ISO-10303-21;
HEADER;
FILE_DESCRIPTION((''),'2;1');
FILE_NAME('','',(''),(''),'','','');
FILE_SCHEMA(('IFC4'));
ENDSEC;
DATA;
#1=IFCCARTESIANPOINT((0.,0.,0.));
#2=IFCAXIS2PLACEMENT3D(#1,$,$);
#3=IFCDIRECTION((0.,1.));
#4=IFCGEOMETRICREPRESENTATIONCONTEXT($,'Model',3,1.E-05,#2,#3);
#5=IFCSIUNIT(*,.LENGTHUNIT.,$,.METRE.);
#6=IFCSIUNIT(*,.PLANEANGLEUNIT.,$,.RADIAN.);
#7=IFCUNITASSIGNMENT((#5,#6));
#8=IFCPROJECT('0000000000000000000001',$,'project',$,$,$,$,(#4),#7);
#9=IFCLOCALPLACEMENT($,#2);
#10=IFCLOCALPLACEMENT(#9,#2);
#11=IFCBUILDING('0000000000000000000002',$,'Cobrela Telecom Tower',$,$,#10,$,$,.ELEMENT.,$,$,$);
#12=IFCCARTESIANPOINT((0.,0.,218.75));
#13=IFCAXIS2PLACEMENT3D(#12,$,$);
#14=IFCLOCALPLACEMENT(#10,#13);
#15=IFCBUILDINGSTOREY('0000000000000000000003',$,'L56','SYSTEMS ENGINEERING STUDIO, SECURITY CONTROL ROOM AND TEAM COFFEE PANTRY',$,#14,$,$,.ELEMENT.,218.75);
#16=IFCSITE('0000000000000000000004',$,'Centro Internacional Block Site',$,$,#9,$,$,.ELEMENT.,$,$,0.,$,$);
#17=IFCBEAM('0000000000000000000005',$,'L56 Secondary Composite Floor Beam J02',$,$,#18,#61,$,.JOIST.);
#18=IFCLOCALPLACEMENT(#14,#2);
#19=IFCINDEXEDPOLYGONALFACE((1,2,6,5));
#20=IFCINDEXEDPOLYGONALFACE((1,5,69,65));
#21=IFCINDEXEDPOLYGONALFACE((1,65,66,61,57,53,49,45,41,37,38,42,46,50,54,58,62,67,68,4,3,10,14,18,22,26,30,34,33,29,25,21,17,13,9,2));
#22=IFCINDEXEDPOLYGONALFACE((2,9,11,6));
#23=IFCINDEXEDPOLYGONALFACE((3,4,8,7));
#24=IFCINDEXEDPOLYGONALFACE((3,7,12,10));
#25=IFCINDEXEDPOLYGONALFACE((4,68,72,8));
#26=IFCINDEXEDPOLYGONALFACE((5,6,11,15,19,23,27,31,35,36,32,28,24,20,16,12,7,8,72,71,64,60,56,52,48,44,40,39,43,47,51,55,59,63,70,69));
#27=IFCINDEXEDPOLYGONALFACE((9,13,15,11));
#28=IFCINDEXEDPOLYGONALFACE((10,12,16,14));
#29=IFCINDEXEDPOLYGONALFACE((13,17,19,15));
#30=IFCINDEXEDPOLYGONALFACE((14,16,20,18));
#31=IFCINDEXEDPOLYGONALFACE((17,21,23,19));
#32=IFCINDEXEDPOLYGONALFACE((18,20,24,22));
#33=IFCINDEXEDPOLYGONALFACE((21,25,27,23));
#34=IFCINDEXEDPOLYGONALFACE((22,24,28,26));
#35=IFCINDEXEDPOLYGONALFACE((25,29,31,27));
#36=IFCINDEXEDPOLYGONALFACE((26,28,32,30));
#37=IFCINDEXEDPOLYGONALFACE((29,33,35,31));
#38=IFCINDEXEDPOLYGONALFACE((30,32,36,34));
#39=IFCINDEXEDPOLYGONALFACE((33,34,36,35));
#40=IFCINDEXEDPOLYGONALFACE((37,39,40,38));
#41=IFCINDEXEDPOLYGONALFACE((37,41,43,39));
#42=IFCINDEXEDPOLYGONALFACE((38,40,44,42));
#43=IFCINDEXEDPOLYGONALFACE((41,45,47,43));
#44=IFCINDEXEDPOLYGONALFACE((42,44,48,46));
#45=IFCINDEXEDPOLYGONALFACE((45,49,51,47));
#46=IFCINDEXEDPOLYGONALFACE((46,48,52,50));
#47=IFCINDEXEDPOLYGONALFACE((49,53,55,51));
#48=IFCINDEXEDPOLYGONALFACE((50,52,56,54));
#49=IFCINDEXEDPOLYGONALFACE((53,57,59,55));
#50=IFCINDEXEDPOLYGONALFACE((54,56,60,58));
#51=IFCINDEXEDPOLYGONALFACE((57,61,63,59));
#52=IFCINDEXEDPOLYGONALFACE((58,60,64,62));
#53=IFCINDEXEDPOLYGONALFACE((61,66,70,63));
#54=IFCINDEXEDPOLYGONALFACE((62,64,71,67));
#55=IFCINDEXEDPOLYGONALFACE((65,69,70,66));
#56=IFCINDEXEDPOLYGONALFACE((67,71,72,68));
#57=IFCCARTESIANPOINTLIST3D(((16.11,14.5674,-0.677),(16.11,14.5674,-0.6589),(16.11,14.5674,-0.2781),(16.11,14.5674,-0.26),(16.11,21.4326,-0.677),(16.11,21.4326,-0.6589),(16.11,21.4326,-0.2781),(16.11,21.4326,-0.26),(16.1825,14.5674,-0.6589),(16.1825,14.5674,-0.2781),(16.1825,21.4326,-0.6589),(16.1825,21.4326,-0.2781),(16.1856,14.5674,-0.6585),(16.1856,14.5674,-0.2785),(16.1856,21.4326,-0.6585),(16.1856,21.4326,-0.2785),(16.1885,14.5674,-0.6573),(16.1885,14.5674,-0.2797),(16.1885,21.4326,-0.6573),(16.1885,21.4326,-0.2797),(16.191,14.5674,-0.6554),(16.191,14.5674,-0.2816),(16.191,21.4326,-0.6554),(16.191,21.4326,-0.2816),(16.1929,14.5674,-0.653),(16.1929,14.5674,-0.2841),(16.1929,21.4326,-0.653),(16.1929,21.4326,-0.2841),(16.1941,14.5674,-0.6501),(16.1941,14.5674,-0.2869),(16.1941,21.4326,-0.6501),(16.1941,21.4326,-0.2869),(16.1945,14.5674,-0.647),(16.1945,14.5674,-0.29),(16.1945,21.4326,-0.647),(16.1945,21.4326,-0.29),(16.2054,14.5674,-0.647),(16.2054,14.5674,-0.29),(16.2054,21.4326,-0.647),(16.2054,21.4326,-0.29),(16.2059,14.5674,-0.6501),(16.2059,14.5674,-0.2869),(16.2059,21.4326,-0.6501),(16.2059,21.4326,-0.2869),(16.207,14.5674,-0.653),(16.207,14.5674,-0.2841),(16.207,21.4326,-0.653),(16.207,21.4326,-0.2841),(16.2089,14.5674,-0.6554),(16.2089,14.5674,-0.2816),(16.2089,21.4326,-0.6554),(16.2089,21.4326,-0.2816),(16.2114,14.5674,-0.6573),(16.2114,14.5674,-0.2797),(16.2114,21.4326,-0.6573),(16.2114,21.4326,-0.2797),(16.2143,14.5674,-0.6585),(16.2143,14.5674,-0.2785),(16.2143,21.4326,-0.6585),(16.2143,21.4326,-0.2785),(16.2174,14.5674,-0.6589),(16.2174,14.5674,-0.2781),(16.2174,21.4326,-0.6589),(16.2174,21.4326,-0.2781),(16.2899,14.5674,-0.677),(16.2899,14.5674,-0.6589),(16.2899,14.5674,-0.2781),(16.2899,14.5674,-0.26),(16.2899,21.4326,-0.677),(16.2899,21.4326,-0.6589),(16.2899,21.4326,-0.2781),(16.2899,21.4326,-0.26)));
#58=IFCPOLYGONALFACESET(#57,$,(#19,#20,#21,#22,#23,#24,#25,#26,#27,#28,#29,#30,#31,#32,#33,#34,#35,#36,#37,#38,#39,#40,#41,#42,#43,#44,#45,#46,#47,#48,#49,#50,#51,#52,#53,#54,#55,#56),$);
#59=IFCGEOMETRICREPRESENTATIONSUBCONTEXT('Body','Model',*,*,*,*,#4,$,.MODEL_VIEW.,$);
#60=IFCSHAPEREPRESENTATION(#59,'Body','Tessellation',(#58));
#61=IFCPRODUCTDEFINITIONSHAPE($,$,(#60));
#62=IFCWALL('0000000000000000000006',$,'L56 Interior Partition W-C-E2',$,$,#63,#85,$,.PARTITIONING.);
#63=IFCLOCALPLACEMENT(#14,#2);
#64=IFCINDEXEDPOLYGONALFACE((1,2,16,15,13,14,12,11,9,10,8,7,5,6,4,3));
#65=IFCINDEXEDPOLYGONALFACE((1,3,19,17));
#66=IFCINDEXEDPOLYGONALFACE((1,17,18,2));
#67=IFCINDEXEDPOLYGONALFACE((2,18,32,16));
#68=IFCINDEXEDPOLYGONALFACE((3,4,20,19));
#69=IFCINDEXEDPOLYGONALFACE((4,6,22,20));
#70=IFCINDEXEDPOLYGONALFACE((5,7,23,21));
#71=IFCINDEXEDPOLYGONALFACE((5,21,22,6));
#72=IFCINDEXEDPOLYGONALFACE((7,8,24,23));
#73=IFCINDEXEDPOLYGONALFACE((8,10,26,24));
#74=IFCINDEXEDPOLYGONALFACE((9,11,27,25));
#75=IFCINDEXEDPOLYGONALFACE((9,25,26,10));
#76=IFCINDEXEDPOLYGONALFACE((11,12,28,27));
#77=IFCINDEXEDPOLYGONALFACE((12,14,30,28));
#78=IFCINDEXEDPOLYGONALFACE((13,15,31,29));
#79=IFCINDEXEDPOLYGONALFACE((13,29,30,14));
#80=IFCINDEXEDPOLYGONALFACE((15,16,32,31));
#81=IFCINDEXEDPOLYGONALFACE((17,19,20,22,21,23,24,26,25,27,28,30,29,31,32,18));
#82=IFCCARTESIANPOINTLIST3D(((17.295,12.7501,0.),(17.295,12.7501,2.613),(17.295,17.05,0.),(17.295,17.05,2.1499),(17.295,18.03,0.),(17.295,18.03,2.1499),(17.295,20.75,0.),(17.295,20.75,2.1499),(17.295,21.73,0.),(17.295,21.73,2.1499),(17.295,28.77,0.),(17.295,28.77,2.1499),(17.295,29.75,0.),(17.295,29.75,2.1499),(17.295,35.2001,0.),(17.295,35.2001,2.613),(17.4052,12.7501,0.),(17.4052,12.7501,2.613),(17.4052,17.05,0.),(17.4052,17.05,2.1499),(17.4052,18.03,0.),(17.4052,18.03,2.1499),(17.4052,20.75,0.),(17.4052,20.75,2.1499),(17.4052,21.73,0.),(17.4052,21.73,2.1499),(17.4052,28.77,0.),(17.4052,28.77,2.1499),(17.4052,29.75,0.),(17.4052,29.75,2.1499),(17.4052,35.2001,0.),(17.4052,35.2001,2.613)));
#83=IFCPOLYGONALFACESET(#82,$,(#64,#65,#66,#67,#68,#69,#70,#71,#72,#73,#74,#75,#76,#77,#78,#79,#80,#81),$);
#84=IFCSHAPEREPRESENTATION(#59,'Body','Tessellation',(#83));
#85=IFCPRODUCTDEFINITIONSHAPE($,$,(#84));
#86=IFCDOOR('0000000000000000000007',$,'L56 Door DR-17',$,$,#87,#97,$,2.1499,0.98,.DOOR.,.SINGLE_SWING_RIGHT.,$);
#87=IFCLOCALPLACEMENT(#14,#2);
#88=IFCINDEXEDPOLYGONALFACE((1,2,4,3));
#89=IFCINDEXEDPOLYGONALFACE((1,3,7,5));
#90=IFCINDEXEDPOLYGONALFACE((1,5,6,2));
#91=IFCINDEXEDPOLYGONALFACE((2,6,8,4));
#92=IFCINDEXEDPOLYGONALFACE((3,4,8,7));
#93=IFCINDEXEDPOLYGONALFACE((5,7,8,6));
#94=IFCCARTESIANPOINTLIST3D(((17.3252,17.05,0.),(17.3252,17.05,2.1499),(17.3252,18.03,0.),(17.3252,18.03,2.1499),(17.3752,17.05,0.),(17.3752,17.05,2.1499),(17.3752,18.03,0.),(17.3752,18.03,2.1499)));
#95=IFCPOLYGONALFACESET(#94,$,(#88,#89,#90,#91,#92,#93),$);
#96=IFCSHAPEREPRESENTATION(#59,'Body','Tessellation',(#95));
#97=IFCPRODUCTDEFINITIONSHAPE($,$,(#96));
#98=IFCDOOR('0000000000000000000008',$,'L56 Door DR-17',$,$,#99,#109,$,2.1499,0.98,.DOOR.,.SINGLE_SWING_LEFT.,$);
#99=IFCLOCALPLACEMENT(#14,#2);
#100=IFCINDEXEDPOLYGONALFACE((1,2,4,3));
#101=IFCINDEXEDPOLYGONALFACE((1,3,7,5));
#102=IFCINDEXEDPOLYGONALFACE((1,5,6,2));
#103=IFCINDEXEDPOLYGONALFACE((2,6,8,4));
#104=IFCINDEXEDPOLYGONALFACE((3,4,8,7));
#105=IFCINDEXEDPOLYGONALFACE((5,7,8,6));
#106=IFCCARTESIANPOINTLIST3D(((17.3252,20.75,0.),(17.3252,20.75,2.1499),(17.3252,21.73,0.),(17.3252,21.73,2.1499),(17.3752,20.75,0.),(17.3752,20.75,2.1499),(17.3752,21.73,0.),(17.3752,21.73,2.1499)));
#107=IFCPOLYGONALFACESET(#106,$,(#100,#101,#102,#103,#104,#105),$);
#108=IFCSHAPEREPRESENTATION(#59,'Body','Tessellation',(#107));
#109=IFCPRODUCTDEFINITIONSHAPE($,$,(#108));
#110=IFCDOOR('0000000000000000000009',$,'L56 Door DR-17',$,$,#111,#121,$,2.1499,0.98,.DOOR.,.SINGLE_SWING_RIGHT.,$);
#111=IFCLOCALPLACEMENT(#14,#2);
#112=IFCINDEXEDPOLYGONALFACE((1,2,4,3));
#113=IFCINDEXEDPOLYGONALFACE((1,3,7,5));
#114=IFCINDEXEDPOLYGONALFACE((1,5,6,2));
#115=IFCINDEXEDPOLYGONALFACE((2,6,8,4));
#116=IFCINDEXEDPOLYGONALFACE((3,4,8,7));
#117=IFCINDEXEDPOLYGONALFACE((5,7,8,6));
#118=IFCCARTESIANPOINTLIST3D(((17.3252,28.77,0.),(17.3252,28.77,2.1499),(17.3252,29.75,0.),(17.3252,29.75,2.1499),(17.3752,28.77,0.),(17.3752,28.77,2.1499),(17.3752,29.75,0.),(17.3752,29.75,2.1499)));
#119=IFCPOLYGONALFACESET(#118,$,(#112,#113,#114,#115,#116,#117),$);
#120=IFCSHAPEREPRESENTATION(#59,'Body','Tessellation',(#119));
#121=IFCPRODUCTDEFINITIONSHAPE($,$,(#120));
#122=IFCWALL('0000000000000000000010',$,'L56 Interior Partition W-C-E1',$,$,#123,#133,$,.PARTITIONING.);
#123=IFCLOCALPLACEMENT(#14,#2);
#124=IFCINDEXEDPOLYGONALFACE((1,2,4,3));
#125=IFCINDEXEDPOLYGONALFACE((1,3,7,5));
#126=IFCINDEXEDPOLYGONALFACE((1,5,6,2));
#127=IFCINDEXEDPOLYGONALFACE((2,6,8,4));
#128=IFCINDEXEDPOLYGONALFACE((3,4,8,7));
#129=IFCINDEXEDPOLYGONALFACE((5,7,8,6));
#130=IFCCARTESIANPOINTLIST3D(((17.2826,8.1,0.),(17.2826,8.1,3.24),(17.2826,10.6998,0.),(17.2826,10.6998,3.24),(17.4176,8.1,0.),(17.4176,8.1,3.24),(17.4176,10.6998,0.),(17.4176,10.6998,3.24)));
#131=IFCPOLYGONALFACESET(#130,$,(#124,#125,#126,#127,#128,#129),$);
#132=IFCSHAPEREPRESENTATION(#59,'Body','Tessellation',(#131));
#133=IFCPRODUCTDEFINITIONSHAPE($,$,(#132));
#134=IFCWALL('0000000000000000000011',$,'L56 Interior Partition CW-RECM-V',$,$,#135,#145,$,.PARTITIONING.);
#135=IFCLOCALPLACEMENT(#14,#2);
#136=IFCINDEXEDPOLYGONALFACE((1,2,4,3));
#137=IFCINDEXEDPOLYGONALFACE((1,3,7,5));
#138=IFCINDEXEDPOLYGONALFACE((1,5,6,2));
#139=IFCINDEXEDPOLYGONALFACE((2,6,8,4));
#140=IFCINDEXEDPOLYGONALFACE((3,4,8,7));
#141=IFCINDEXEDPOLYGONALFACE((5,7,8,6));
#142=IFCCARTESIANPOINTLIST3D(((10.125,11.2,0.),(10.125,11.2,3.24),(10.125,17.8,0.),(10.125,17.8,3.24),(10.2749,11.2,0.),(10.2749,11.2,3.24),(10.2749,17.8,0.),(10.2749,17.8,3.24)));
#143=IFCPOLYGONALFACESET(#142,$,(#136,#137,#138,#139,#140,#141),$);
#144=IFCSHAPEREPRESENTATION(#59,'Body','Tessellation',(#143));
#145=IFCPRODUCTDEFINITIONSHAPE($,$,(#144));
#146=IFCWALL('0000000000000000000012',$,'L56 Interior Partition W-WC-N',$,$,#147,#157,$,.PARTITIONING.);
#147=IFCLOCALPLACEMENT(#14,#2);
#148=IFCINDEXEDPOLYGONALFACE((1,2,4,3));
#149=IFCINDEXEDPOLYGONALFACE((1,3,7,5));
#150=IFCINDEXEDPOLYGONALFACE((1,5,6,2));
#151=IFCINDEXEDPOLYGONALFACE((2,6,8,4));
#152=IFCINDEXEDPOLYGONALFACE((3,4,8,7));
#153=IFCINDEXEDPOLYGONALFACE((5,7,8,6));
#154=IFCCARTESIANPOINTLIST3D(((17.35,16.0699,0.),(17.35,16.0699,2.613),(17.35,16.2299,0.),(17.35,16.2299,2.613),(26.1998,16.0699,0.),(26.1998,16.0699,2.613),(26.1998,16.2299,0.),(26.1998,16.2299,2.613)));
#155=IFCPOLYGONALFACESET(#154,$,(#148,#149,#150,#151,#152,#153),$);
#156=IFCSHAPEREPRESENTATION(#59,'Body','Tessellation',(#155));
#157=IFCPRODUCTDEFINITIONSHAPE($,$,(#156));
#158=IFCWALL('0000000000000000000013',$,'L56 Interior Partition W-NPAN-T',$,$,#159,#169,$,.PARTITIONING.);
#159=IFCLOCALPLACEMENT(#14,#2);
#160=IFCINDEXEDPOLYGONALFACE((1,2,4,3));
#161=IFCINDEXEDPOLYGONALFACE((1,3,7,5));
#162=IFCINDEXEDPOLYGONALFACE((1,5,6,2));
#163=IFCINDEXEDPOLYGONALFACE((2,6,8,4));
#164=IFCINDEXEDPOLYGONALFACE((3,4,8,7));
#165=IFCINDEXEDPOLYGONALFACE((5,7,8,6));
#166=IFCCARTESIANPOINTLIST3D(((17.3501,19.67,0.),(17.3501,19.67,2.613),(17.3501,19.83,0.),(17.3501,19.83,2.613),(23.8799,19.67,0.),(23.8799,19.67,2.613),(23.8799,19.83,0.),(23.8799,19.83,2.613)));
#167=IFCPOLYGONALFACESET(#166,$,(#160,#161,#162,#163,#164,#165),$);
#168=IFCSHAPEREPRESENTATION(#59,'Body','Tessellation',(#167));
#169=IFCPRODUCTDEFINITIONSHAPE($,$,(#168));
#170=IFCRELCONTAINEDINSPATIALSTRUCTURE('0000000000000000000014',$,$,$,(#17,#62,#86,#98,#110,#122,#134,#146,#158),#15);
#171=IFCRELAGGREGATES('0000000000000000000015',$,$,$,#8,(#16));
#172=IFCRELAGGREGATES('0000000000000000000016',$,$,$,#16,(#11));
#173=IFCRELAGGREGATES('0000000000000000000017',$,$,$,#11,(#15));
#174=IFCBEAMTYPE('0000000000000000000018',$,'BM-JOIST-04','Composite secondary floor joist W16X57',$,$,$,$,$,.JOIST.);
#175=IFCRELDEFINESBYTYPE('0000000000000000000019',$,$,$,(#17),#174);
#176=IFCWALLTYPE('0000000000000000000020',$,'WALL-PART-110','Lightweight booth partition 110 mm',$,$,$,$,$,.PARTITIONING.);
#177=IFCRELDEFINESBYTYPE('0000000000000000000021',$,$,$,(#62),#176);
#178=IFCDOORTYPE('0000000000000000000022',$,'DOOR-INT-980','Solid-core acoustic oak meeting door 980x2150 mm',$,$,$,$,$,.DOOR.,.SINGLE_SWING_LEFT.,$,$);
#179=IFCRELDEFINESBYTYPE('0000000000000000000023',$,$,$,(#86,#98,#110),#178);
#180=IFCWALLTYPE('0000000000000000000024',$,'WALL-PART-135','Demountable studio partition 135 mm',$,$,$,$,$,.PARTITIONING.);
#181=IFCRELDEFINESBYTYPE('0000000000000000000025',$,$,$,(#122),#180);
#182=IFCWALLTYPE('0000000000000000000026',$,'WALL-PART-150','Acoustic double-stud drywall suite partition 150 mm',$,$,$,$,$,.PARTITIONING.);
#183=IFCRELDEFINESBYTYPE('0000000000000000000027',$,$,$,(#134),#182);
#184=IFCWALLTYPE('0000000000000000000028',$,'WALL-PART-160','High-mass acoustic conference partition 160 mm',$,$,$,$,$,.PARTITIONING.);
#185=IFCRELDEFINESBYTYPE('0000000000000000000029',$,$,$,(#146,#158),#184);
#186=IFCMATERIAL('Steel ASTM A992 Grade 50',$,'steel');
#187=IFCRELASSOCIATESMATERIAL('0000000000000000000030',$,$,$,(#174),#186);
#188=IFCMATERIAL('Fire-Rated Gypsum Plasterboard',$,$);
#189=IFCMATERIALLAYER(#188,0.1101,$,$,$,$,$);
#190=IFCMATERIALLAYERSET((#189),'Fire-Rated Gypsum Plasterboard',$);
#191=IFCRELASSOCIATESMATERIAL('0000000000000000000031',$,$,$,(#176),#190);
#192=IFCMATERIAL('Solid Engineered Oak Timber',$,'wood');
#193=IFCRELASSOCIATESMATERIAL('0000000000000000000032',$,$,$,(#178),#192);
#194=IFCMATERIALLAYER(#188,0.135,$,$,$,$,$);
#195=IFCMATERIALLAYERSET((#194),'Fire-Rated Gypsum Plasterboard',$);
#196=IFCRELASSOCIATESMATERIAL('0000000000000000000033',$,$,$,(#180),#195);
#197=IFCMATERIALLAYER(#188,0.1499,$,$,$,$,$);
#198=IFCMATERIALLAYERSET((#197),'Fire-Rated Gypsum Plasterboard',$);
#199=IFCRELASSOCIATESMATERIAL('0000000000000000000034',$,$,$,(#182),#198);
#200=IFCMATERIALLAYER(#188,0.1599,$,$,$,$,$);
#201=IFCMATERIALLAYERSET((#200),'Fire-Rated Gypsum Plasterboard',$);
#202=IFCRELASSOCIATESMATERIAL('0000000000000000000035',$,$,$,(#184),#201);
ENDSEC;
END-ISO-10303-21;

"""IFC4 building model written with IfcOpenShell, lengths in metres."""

from ifc_helpers import new_model, si_unit, direction, frame, frame_2d, origin, origin_2d, place, context, subcontext, project, spatial, rectangle, i_section, extrude, material, layer, layer_set, material_profile, profile_set, type_object, element, fill, save


model = new_model("IFC4")

# Units and contexts
model_context = context("Model", 3, precision=1e-05, world=origin(), true_north=direction((0.0, 1.0)))
body_context = subcontext(model_context, "Body", "Model", "MODEL_VIEW")
ifc_project = project(units=[si_unit("LENGTHUNIT", "METRE"), si_unit("PLANEANGLEUNIT", "RADIAN")], contexts=[model_context])

# Site, building, storey
site_placement = place(None, origin())
site = spatial("IfcSite", under=ifc_project, at=site_placement, Name="Centro Internacional Block Site", CompositionType="ELEMENT", RefElevation=0.0)
building_placement = place(site_placement, origin())
building = spatial("IfcBuilding", under=site, at=building_placement, Name="Cobrela Telecom Tower", CompositionType="ELEMENT")
storey_placement = place(building_placement, frame((0.0, 0.0, 218.75)))
storey = spatial("IfcBuildingStorey", under=building, at=storey_placement, Name="L56", Description="SYSTEMS ENGINEERING STUDIO, SECURITY CONTROL ROOM AND TEAM COFFEE PANTRY", CompositionType="ELEMENT", Elevation=218.75)

# Beam
ifc_material_1 = material(Name="Steel ASTM A992 Grade 50", Category="steel")
ifc_material_profile_1 = material_profile(ifc_material_1, i_section(OverallWidth=0.1799, OverallDepth=0.417, WebThickness=0.011, FlangeThickness=0.0181, FilletRadius=0.012, at=origin_2d()), Name="W16X57")
ifc_profile_set_1 = profile_set([ifc_material_profile_1], Name="Steel ASTM A992 Grade 50")
beam_type_1 = type_object("IfcBeamType", Name="BM-JOIST-04", Description="Composite secondary floor joist W16X57", PredefinedType="JOIST", material=ifc_profile_set_1)
beam_placement = place(storey_placement, frame((16.2, 14.5674, -0.4685), z_axis=(0.0, 1.0, 0.0), x_axis=(-1.0, 0.0, 0.0)))
element("IfcBeam", 1, at=beam_placement, inside=storey, type_object=beam_type_1, Name="L56 Secondary Composite Floor Beam J02", PredefinedType="JOIST", context=body_context, shape_type="SweptSolid", body=[
    extrude(i_section(OverallWidth=0.1799, OverallDepth=0.417, WebThickness=0.011, FlangeThickness=0.0181, FilletRadius=0.012, at=origin_2d()), origin(), (0.0, 0.0, 1.0), 6.8652),
])

# Wall, openings, doors
ifc_material_2 = material(Name="Fire-Rated Gypsum Plasterboard")
ifc_layer_1 = layer(ifc_material_2, 0.1101)
ifc_layer_set_1 = layer_set([ifc_layer_1], Name="Fire-Rated Gypsum Plasterboard")
wall_type_1 = type_object("IfcWallType", Name="WALL-PART-110", Description="Lightweight booth partition 110 mm", PredefinedType="PARTITIONING", material=ifc_layer_set_1)
wall_1_placement = place(storey_placement, frame((17.3501, 12.75, 0.0), z_axis=(0.0, 0.0, 1.0), x_axis=(0.0, 1.0, 0.0)))
wall_1 = element("IfcWall", 2, at=wall_1_placement, inside=storey, type_object=wall_type_1, Name="L56 Interior Partition W-C-E2", PredefinedType="PARTITIONING", context=body_context, shape_type="SweptSolid", body=[
    extrude(rectangle(XDim=22.45, YDim=0.1101, at=frame_2d((11.2251, 0.0))), origin(), (0.0, 0.0, 1.0), 2.613),
])
opening_1_placement = place(wall_1_placement, frame((4.3, 0.0, 0.0)))
opening_1 = element("IfcOpeningElement", 3, at=opening_1_placement, cuts=wall_1, PredefinedType="OPENING", context=body_context, shape_type="SweptSolid", body=[
    extrude(rectangle(XDim=0.98, YDim=2.1499, at=frame_2d((0.49, 1.075))), frame((0.0, 0.0669, 0.0), z_axis=(0.0, -1.0, 0.0), x_axis=(1.0, 0.0, 0.0)), (0.0, 0.0, 1.0), 0.134),
])
opening_2_placement = place(wall_1_placement, frame((8.0, 0.0, 0.0)))
opening_2 = element("IfcOpeningElement", 4, at=opening_2_placement, cuts=wall_1, PredefinedType="OPENING", context=body_context, shape_type="SweptSolid", body=[
    extrude(rectangle(XDim=0.98, YDim=2.1499, at=frame_2d((0.49, 1.075))), frame((0.0, 0.0669, 0.0), z_axis=(0.0, -1.0, 0.0), x_axis=(1.0, 0.0, 0.0)), (0.0, 0.0, 1.0), 0.134),
])
opening_3_placement = place(wall_1_placement, frame((16.02, 0.0, 0.0)))
opening_3 = element("IfcOpeningElement", 5, at=opening_3_placement, cuts=wall_1, PredefinedType="OPENING", context=body_context, shape_type="SweptSolid", body=[
    extrude(rectangle(XDim=0.98, YDim=2.1499, at=frame_2d((0.49, 1.075))), frame((0.0, 0.0669, 0.0), z_axis=(0.0, -1.0, 0.0), x_axis=(1.0, 0.0, 0.0)), (0.0, 0.0, 1.0), 0.134),
])
ifc_material_3 = material(Name="Solid Engineered Oak Timber", Category="wood")
door_type_1 = type_object("IfcDoorType", Name="DOOR-INT-980", Description="Solid-core acoustic oak meeting door 980x2150 mm", OperationType="SINGLE_SWING_LEFT", PredefinedType="DOOR", material=ifc_material_3)
door_1_placement = place(opening_1_placement, origin())
door_1 = element("IfcDoor", 6, at=door_1_placement, inside=storey, type_object=door_type_1, Name="L56 Door DR-17", OperationType="SINGLE_SWING_RIGHT", OverallHeight=2.1499, OverallWidth=0.98, PredefinedType="DOOR", context=body_context, shape_type="SweptSolid", body=[
    extrude(rectangle(XDim=0.98, YDim=2.1499, at=frame_2d((0.49, 1.075))), frame((0.0, 0.0249, 0.0), z_axis=(0.0, -1.0, 0.0), x_axis=(1.0, 0.0, 0.0)), (0.0, 0.0, 1.0), 0.05),
])
fill(opening_1, door_1)
door_2_placement = place(opening_2_placement, origin())
door_2 = element("IfcDoor", 7, at=door_2_placement, inside=storey, type_object=door_type_1, Name="L56 Door DR-17", OperationType="SINGLE_SWING_LEFT", OverallHeight=2.1499, OverallWidth=0.98, PredefinedType="DOOR", context=body_context, shape_type="SweptSolid", body=[
    extrude(rectangle(XDim=0.98, YDim=2.1499, at=frame_2d((0.49, 1.075))), frame((0.0, 0.0249, 0.0), z_axis=(0.0, -1.0, 0.0), x_axis=(1.0, 0.0, 0.0)), (0.0, 0.0, 1.0), 0.05),
])
fill(opening_2, door_2)
door_3_placement = place(opening_3_placement, origin())
door_3 = element("IfcDoor", 8, at=door_3_placement, inside=storey, type_object=door_type_1, Name="L56 Door DR-17", OperationType="SINGLE_SWING_RIGHT", OverallHeight=2.1499, OverallWidth=0.98, PredefinedType="DOOR", context=body_context, shape_type="SweptSolid", body=[
    extrude(rectangle(XDim=0.98, YDim=2.1499, at=frame_2d((0.49, 1.075))), frame((0.0, 0.0249, 0.0), z_axis=(0.0, -1.0, 0.0), x_axis=(1.0, 0.0, 0.0)), (0.0, 0.0, 1.0), 0.05),
])
fill(opening_3, door_3)

# Walls
ifc_layer_2 = layer(ifc_material_2, 0.135)
ifc_layer_set_2 = layer_set([ifc_layer_2], Name="Fire-Rated Gypsum Plasterboard")
wall_type_2 = type_object("IfcWallType", Name="WALL-PART-135", Description="Demountable studio partition 135 mm", PredefinedType="PARTITIONING", material=ifc_layer_set_2)
wall_2_placement = place(storey_placement, frame((17.3501, 8.1001, 0.0), z_axis=(0.0, 0.0, 1.0), x_axis=(0.0, 1.0, 0.0)))
element("IfcWall", 9, at=wall_2_placement, inside=storey, type_object=wall_type_2, Name="L56 Interior Partition W-C-E1", PredefinedType="PARTITIONING", context=body_context, shape_type="SweptSolid", body=[
    extrude(rectangle(XDim=2.5999, YDim=0.135, at=frame_2d((1.2998, 0.0))), origin(), (0.0, 0.0, 1.0), 3.24),
])
ifc_layer_3 = layer(ifc_material_2, 0.1499)
ifc_layer_set_3 = layer_set([ifc_layer_3], Name="Fire-Rated Gypsum Plasterboard")
wall_type_3 = type_object("IfcWallType", Name="WALL-PART-150", Description="Acoustic double-stud drywall suite partition 150 mm", PredefinedType="PARTITIONING", material=ifc_layer_set_3)
wall_3_placement = place(storey_placement, frame((10.2, 11.2, 0.0), z_axis=(0.0, 0.0, 1.0), x_axis=(0.0, 1.0, 0.0)))
element("IfcWall", 10, at=wall_3_placement, inside=storey, type_object=wall_type_3, Name="L56 Interior Partition CW-RECM-V", PredefinedType="PARTITIONING", context=body_context, shape_type="SweptSolid", body=[
    extrude(rectangle(XDim=6.6001, YDim=0.1499, at=frame_2d((3.3, 0.0))), origin(), (0.0, 0.0, 1.0), 3.24),
])

# Shared definitions
ifc_layer_4 = layer(ifc_material_2, 0.1599)
ifc_layer_set_4 = layer_set([ifc_layer_4], Name="Fire-Rated Gypsum Plasterboard")
wall_type_4 = type_object("IfcWallType", Name="WALL-PART-160", Description="High-mass acoustic conference partition 160 mm", PredefinedType="PARTITIONING", material=ifc_layer_set_4)

# Walls
wall_4_placement = place(storey_placement, frame((17.3501, 16.1499, 0.0), z_axis=(0.0, 0.0, 1.0), x_axis=(1.0, 0.0, 0.0)))
element("IfcWall", 11, at=wall_4_placement, inside=storey, type_object=wall_type_4, Name="L56 Interior Partition W-WC-N", PredefinedType="PARTITIONING", context=body_context, shape_type="SweptSolid", body=[
    extrude(rectangle(XDim=8.8499, YDim=0.1599, at=frame_2d((4.4248, 0.0))), origin(), (0.0, 0.0, 1.0), 2.613),
])
wall_5_placement = place(storey_placement, frame((17.3501, 19.75, 0.0), z_axis=(0.0, 0.0, 1.0), x_axis=(1.0, 0.0, 0.0)))
element("IfcWall", 12, at=wall_5_placement, inside=storey, type_object=wall_type_4, Name="L56 Interior Partition W-NPAN-T", PredefinedType="PARTITIONING", context=body_context, shape_type="SweptSolid", body=[
    extrude(rectangle(XDim=6.5298, YDim=0.1599, at=frame_2d((3.2649, 0.0))), origin(), (0.0, 0.0, 1.0), 2.613),
])

save(model, "model.ifc")
